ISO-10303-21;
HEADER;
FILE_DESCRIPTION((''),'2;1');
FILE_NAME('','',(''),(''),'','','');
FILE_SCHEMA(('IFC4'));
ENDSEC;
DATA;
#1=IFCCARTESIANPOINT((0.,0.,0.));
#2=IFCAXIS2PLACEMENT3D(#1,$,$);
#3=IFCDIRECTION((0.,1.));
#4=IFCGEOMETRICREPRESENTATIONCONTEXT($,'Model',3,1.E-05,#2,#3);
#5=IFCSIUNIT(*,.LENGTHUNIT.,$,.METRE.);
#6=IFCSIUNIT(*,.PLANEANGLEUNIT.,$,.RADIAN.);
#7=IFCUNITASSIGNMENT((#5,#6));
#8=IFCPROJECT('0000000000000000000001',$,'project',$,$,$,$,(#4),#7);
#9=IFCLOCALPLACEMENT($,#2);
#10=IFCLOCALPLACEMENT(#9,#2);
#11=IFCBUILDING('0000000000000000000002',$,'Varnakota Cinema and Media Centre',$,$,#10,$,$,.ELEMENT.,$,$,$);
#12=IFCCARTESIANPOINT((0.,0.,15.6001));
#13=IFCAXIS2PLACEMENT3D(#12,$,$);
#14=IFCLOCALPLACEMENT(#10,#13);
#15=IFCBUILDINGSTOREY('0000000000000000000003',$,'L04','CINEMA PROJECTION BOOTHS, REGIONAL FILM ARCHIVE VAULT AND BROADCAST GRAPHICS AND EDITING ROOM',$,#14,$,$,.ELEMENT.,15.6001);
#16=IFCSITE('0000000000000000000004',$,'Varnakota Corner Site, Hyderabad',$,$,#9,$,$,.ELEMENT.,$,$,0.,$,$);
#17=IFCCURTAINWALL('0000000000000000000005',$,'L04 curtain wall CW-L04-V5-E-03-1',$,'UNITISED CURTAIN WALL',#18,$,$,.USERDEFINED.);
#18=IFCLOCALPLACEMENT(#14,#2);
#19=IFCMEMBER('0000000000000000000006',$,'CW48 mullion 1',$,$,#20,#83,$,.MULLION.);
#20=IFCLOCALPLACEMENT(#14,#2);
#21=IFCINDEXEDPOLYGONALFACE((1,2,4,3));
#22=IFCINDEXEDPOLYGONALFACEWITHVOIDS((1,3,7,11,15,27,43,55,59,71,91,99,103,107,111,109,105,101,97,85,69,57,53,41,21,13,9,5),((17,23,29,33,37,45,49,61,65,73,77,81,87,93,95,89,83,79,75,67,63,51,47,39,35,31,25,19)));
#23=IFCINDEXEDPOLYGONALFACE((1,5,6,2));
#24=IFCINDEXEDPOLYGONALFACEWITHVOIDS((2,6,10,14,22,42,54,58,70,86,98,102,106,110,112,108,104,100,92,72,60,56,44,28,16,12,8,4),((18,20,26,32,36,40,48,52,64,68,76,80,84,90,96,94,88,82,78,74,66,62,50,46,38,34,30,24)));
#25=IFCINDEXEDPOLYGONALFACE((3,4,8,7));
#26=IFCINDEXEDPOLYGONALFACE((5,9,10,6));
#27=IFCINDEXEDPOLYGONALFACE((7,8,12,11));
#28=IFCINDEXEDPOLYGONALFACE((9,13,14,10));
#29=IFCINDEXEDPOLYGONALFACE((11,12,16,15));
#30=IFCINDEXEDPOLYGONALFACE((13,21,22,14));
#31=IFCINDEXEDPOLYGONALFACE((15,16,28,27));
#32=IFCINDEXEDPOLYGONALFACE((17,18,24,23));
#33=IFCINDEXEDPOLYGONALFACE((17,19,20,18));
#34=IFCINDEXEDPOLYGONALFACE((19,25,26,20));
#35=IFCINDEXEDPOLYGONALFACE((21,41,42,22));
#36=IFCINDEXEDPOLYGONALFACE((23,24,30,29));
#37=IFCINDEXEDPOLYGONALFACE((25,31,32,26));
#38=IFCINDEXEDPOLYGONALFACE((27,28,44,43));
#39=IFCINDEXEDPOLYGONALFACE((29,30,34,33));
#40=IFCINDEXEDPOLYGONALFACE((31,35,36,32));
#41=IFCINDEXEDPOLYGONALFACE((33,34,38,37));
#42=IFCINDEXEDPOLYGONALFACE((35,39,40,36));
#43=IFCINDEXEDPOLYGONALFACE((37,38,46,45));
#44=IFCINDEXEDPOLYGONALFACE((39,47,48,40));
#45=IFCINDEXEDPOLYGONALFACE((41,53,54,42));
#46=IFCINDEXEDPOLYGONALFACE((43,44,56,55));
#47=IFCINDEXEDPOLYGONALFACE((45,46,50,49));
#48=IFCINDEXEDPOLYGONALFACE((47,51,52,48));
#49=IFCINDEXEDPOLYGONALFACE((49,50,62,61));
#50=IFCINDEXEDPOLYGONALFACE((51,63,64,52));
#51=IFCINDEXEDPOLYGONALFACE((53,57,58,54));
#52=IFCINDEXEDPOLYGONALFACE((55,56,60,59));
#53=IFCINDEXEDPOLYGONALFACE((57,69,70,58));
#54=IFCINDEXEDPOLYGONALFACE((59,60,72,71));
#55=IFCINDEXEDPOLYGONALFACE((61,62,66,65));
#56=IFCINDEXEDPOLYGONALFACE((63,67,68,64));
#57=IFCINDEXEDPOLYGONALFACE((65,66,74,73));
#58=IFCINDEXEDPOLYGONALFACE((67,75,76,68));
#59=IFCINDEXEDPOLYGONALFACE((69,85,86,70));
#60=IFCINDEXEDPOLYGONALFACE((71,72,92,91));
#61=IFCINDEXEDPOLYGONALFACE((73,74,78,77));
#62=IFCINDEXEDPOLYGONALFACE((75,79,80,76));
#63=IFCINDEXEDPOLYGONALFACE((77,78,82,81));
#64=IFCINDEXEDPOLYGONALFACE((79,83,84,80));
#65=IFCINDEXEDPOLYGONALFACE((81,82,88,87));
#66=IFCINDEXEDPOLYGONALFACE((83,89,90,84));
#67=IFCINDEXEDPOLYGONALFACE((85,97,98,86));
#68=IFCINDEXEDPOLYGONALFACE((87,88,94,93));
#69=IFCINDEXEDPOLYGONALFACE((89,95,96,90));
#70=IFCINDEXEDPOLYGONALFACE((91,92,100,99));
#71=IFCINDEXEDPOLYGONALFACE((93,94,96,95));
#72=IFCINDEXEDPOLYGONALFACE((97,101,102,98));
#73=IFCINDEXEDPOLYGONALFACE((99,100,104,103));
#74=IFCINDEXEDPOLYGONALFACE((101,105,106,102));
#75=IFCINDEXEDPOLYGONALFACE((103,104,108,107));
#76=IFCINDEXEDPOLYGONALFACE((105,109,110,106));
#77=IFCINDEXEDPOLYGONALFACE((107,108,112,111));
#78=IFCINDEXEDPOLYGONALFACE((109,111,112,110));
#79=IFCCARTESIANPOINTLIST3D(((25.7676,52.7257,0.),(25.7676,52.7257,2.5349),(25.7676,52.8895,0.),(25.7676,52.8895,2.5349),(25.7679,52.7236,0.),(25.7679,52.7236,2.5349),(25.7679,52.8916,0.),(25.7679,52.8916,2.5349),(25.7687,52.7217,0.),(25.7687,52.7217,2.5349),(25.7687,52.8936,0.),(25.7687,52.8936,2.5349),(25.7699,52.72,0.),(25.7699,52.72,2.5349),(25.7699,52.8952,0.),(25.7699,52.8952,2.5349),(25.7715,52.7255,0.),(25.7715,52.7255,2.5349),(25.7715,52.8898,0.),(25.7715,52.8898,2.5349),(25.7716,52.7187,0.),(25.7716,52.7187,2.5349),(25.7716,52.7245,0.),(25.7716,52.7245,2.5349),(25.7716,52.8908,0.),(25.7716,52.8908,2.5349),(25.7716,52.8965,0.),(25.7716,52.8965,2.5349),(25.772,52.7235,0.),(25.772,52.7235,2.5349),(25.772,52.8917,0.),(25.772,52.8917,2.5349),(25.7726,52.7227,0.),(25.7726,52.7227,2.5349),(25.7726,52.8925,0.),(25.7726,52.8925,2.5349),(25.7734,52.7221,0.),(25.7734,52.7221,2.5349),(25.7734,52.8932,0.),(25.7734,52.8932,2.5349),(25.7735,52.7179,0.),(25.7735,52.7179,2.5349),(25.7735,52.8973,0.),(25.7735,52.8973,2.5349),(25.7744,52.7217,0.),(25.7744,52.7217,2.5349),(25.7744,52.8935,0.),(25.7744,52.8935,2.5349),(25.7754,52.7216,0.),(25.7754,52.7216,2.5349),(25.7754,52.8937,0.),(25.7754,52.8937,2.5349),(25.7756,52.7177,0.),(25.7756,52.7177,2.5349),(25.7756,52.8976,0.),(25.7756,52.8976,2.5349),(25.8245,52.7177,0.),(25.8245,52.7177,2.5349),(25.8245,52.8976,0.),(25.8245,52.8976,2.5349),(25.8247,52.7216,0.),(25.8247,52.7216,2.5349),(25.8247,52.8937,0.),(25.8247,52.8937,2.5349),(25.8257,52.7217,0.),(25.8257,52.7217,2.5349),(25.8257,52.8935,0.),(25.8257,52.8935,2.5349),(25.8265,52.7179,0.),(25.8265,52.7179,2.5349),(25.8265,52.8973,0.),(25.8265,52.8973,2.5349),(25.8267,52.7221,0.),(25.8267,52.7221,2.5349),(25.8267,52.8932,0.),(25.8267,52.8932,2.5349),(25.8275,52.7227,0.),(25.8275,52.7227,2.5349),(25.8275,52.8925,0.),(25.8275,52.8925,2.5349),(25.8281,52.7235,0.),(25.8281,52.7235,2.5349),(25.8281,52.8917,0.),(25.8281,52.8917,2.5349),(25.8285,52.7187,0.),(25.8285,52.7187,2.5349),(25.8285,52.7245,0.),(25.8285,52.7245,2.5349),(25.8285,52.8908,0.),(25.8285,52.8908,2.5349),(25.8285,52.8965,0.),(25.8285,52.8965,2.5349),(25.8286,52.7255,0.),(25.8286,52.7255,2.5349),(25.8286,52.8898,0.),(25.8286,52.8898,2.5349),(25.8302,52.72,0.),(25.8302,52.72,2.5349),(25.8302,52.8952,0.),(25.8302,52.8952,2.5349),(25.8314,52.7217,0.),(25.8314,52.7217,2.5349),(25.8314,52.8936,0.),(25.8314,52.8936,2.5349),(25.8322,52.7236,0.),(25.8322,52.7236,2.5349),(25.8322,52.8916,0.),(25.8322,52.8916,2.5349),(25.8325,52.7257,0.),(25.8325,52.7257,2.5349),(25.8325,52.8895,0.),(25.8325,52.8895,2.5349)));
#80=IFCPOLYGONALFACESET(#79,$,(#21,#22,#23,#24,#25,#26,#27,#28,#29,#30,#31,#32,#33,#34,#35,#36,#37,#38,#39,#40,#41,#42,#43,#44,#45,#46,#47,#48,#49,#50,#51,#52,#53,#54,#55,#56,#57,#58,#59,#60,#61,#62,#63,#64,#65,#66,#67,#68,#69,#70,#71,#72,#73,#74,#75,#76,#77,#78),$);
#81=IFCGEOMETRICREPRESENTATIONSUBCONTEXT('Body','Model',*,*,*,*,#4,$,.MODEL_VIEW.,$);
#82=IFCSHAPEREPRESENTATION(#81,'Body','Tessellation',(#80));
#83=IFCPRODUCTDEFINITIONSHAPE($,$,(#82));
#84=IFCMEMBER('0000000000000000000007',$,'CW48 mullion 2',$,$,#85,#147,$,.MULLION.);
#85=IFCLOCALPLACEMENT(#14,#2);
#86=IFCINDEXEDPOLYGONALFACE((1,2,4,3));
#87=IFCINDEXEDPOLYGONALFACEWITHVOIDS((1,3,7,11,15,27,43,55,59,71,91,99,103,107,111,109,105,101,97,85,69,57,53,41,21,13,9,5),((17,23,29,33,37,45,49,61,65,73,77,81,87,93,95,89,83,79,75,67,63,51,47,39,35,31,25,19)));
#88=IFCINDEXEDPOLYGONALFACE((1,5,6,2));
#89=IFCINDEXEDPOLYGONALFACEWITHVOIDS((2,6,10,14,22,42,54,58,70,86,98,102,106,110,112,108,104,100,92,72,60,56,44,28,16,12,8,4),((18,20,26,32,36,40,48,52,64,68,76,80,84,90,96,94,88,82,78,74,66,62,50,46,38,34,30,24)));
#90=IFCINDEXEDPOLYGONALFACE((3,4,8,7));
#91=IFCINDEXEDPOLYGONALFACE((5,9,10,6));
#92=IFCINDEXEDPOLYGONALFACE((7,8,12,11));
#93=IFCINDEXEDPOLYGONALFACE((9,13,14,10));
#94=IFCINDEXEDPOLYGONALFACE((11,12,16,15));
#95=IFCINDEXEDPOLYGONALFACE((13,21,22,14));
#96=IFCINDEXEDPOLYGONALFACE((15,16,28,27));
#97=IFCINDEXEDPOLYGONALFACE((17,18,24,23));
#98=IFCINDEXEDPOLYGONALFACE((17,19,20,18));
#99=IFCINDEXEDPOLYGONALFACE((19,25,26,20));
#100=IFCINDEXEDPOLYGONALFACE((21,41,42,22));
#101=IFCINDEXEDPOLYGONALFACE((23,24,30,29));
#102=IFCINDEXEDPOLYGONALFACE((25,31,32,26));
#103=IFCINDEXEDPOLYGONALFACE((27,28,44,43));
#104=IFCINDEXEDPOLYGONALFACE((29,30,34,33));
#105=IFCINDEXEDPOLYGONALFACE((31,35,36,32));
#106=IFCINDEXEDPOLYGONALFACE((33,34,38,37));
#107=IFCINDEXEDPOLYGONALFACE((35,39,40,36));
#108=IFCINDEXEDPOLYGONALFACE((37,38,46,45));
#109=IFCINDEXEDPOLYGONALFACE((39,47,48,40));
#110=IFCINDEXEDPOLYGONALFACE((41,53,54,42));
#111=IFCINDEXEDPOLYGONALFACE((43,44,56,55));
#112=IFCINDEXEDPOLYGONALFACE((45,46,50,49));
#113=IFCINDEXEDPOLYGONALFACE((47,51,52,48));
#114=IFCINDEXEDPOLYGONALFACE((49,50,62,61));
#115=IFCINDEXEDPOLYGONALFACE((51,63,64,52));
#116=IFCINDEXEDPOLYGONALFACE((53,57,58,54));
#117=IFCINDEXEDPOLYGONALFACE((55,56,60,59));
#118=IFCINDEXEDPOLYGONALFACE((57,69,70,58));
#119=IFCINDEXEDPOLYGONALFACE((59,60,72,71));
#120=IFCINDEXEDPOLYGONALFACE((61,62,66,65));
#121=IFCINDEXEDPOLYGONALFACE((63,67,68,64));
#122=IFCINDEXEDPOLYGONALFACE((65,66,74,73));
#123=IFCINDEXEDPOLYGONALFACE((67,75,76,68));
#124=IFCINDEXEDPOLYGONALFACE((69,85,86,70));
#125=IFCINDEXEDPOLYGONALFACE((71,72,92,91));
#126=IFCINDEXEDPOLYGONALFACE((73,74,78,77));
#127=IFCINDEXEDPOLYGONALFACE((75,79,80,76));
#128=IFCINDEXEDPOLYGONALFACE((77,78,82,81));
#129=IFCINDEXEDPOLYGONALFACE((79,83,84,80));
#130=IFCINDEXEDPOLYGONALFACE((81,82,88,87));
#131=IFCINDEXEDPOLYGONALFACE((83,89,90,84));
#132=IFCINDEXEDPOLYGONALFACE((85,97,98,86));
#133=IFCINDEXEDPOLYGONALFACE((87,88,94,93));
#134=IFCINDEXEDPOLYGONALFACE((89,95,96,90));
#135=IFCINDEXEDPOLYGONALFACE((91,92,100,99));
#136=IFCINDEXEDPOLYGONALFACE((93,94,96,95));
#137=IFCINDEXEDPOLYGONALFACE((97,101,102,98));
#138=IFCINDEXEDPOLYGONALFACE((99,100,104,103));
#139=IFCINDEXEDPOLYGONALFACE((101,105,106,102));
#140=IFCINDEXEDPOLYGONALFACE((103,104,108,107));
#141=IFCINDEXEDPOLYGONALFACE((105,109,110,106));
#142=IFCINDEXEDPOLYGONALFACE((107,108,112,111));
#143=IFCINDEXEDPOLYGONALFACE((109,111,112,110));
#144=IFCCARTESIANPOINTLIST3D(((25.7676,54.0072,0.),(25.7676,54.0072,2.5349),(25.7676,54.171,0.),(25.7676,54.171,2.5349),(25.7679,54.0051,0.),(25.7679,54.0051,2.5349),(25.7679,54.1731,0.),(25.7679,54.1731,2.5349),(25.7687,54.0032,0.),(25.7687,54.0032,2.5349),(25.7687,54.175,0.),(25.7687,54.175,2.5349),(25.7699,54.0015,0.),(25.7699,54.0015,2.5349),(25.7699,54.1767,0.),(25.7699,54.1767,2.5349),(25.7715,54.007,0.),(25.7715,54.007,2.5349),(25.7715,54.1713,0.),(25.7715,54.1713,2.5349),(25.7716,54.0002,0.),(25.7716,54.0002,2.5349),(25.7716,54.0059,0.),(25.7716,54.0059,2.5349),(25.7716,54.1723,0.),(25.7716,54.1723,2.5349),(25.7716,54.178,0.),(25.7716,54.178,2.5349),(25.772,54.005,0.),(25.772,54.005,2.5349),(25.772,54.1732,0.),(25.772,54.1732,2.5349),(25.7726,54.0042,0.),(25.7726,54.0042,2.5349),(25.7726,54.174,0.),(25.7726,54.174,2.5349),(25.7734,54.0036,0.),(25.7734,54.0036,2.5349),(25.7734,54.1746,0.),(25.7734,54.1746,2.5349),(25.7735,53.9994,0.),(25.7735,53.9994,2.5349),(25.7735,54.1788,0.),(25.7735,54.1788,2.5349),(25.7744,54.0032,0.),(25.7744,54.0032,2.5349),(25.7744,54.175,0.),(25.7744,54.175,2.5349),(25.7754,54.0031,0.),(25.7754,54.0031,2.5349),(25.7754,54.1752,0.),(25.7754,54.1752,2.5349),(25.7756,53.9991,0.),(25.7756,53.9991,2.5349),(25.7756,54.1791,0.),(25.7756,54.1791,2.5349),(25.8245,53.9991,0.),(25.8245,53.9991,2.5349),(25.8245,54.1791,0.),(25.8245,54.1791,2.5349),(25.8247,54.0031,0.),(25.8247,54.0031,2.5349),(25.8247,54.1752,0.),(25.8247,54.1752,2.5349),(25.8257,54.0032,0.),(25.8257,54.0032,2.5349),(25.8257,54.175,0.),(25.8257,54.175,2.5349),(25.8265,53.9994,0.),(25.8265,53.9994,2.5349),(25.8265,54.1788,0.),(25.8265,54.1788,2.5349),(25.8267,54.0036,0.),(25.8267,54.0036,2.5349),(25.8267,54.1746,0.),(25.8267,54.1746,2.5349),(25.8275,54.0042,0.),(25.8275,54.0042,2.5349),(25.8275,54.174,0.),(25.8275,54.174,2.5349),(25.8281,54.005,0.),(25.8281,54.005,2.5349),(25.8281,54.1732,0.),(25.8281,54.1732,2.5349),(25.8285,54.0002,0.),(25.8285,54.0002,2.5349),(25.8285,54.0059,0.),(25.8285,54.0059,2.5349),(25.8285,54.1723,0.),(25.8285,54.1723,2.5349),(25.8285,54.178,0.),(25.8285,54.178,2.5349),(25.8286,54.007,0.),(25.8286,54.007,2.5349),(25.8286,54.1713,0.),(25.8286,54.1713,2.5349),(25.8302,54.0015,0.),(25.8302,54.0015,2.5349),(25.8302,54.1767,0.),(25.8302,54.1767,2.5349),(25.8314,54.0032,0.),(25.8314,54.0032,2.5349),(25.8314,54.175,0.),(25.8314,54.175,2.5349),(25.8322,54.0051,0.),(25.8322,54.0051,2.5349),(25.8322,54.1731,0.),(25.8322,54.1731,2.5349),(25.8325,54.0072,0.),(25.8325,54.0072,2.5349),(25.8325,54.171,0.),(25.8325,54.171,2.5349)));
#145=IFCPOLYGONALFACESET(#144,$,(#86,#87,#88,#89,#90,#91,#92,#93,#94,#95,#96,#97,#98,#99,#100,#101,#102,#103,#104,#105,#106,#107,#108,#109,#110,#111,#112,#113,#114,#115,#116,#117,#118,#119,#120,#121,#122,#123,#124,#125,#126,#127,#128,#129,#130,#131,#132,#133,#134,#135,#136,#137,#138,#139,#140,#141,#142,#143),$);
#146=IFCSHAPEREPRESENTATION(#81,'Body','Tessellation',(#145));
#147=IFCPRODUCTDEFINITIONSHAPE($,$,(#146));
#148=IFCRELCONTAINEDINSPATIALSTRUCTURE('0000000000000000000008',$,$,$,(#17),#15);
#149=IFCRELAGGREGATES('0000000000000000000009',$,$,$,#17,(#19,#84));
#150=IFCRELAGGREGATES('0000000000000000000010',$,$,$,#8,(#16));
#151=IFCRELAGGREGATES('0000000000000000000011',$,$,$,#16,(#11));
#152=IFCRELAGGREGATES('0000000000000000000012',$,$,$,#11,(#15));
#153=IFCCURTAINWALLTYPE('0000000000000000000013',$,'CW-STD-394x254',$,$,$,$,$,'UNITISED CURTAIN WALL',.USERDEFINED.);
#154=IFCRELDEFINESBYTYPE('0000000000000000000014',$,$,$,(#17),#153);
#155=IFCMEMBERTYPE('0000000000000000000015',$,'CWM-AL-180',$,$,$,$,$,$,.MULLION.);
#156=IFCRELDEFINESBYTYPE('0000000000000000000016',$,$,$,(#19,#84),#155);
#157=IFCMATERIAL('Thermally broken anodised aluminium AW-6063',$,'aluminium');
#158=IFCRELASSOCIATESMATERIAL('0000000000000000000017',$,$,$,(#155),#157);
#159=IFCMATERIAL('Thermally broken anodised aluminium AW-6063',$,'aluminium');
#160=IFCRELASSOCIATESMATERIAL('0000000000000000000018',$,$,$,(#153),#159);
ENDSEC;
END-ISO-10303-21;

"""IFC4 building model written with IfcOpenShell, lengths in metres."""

from ifc_helpers import new_model, si_unit, direction, frame, origin, origin_2d, place, context, subcontext, project, spatial, hollow_rectangle, extrude, material, material_profile, profile_set, type_object, element, aggregate, save


model = new_model("IFC4")

# Units and contexts
model_context = context("Model", 3, precision=1e-05, world=origin(), true_north=direction((0.0, 1.0)))
body_context = subcontext(model_context, "Body", "Model", "MODEL_VIEW")
ifc_project = project(units=[si_unit("LENGTHUNIT", "METRE"), si_unit("PLANEANGLEUNIT", "RADIAN")], contexts=[model_context])

# Site, building, storey
site_placement = place(None, origin())
site = spatial("IfcSite", under=ifc_project, at=site_placement, Name="Varnakota Corner Site, Hyderabad", CompositionType="ELEMENT", RefElevation=0.0)
building_placement = place(site_placement, origin())
building = spatial("IfcBuilding", under=site, at=building_placement, Name="Varnakota Cinema and Media Centre", CompositionType="ELEMENT")
storey_placement = place(building_placement, frame((0.0, 0.0, 15.6001)))
storey = spatial("IfcBuildingStorey", under=building, at=storey_placement, Name="L04", Description="CINEMA PROJECTION BOOTHS, REGIONAL FILM ARCHIVE VAULT AND BROADCAST GRAPHICS AND EDITING ROOM", CompositionType="ELEMENT", Elevation=15.6001)

# Curtain wall, members
ifc_material_1 = material(Name="Thermally broken anodised aluminium AW-6063", Category="aluminium")
ifc_material_profile_1 = material_profile(ifc_material_1, hollow_rectangle(XDim=0.0649, YDim=0.1799, WallThickness=0.0039, InnerFilletRadius=0.0039, OuterFilletRadius=0.0081, at=origin_2d()), Name="AL-MULLION 180x65x4")
ifc_profile_set_1 = profile_set([ifc_material_profile_1], Name="Thermally broken anodised aluminium AW-6063")
member_type_1 = type_object("IfcMemberType", Name="CWM-AL-180", PredefinedType="MULLION", material=ifc_profile_set_1)
ifc_material_2 = material(Name="Thermally broken anodised aluminium AW-6063", Category="aluminium")
curtain_wall_type_1 = type_object("IfcCurtainWallType", Name="CW-STD-394x254", ElementType="UNITISED CURTAIN WALL", PredefinedType="USERDEFINED", material=ifc_material_2)
curtain_wall_1_placement = place(storey_placement, origin())
curtain_wall_1 = element("IfcCurtainWall", 1, at=curtain_wall_1_placement, inside=storey, type_object=curtain_wall_type_1, Name="L04 curtain wall CW-L04-V5-E-03-1", ObjectType="UNITISED CURTAIN WALL", PredefinedType="USERDEFINED")
member_1_placement = place(storey_placement, frame((25.8, 52.8076, 0.0), z_axis=(0.0, 0.0, 1.0), x_axis=(-1.0, 0.0, 0.0)))
member_1 = element("IfcMember", 2, at=member_1_placement, type_object=member_type_1, Name="CW48 mullion 1", PredefinedType="MULLION", context=body_context, shape_type="SweptSolid", body=[
    extrude(hollow_rectangle(XDim=0.0649, YDim=0.1799, WallThickness=0.0039, InnerFilletRadius=0.0039, OuterFilletRadius=0.0081, at=origin_2d()), origin(), (0.0, 0.0, 1.0), 2.5349),
])
member_2_placement = place(storey_placement, frame((25.8, 54.0891, 0.0), z_axis=(0.0, 0.0, 1.0), x_axis=(-1.0, 0.0, 0.0)))
member_2 = element("IfcMember", 3, at=member_2_placement, type_object=member_type_1, Name="CW48 mullion 2", PredefinedType="MULLION", context=body_context, shape_type="SweptSolid", body=[
    extrude(hollow_rectangle(XDim=0.0649, YDim=0.1799, WallThickness=0.0039, InnerFilletRadius=0.0039, OuterFilletRadius=0.0081, at=origin_2d()), origin(), (0.0, 0.0, 1.0), 2.5349),
])

aggregate(curtain_wall_1, [member_1, member_2])

save(model, "model.ifc")
